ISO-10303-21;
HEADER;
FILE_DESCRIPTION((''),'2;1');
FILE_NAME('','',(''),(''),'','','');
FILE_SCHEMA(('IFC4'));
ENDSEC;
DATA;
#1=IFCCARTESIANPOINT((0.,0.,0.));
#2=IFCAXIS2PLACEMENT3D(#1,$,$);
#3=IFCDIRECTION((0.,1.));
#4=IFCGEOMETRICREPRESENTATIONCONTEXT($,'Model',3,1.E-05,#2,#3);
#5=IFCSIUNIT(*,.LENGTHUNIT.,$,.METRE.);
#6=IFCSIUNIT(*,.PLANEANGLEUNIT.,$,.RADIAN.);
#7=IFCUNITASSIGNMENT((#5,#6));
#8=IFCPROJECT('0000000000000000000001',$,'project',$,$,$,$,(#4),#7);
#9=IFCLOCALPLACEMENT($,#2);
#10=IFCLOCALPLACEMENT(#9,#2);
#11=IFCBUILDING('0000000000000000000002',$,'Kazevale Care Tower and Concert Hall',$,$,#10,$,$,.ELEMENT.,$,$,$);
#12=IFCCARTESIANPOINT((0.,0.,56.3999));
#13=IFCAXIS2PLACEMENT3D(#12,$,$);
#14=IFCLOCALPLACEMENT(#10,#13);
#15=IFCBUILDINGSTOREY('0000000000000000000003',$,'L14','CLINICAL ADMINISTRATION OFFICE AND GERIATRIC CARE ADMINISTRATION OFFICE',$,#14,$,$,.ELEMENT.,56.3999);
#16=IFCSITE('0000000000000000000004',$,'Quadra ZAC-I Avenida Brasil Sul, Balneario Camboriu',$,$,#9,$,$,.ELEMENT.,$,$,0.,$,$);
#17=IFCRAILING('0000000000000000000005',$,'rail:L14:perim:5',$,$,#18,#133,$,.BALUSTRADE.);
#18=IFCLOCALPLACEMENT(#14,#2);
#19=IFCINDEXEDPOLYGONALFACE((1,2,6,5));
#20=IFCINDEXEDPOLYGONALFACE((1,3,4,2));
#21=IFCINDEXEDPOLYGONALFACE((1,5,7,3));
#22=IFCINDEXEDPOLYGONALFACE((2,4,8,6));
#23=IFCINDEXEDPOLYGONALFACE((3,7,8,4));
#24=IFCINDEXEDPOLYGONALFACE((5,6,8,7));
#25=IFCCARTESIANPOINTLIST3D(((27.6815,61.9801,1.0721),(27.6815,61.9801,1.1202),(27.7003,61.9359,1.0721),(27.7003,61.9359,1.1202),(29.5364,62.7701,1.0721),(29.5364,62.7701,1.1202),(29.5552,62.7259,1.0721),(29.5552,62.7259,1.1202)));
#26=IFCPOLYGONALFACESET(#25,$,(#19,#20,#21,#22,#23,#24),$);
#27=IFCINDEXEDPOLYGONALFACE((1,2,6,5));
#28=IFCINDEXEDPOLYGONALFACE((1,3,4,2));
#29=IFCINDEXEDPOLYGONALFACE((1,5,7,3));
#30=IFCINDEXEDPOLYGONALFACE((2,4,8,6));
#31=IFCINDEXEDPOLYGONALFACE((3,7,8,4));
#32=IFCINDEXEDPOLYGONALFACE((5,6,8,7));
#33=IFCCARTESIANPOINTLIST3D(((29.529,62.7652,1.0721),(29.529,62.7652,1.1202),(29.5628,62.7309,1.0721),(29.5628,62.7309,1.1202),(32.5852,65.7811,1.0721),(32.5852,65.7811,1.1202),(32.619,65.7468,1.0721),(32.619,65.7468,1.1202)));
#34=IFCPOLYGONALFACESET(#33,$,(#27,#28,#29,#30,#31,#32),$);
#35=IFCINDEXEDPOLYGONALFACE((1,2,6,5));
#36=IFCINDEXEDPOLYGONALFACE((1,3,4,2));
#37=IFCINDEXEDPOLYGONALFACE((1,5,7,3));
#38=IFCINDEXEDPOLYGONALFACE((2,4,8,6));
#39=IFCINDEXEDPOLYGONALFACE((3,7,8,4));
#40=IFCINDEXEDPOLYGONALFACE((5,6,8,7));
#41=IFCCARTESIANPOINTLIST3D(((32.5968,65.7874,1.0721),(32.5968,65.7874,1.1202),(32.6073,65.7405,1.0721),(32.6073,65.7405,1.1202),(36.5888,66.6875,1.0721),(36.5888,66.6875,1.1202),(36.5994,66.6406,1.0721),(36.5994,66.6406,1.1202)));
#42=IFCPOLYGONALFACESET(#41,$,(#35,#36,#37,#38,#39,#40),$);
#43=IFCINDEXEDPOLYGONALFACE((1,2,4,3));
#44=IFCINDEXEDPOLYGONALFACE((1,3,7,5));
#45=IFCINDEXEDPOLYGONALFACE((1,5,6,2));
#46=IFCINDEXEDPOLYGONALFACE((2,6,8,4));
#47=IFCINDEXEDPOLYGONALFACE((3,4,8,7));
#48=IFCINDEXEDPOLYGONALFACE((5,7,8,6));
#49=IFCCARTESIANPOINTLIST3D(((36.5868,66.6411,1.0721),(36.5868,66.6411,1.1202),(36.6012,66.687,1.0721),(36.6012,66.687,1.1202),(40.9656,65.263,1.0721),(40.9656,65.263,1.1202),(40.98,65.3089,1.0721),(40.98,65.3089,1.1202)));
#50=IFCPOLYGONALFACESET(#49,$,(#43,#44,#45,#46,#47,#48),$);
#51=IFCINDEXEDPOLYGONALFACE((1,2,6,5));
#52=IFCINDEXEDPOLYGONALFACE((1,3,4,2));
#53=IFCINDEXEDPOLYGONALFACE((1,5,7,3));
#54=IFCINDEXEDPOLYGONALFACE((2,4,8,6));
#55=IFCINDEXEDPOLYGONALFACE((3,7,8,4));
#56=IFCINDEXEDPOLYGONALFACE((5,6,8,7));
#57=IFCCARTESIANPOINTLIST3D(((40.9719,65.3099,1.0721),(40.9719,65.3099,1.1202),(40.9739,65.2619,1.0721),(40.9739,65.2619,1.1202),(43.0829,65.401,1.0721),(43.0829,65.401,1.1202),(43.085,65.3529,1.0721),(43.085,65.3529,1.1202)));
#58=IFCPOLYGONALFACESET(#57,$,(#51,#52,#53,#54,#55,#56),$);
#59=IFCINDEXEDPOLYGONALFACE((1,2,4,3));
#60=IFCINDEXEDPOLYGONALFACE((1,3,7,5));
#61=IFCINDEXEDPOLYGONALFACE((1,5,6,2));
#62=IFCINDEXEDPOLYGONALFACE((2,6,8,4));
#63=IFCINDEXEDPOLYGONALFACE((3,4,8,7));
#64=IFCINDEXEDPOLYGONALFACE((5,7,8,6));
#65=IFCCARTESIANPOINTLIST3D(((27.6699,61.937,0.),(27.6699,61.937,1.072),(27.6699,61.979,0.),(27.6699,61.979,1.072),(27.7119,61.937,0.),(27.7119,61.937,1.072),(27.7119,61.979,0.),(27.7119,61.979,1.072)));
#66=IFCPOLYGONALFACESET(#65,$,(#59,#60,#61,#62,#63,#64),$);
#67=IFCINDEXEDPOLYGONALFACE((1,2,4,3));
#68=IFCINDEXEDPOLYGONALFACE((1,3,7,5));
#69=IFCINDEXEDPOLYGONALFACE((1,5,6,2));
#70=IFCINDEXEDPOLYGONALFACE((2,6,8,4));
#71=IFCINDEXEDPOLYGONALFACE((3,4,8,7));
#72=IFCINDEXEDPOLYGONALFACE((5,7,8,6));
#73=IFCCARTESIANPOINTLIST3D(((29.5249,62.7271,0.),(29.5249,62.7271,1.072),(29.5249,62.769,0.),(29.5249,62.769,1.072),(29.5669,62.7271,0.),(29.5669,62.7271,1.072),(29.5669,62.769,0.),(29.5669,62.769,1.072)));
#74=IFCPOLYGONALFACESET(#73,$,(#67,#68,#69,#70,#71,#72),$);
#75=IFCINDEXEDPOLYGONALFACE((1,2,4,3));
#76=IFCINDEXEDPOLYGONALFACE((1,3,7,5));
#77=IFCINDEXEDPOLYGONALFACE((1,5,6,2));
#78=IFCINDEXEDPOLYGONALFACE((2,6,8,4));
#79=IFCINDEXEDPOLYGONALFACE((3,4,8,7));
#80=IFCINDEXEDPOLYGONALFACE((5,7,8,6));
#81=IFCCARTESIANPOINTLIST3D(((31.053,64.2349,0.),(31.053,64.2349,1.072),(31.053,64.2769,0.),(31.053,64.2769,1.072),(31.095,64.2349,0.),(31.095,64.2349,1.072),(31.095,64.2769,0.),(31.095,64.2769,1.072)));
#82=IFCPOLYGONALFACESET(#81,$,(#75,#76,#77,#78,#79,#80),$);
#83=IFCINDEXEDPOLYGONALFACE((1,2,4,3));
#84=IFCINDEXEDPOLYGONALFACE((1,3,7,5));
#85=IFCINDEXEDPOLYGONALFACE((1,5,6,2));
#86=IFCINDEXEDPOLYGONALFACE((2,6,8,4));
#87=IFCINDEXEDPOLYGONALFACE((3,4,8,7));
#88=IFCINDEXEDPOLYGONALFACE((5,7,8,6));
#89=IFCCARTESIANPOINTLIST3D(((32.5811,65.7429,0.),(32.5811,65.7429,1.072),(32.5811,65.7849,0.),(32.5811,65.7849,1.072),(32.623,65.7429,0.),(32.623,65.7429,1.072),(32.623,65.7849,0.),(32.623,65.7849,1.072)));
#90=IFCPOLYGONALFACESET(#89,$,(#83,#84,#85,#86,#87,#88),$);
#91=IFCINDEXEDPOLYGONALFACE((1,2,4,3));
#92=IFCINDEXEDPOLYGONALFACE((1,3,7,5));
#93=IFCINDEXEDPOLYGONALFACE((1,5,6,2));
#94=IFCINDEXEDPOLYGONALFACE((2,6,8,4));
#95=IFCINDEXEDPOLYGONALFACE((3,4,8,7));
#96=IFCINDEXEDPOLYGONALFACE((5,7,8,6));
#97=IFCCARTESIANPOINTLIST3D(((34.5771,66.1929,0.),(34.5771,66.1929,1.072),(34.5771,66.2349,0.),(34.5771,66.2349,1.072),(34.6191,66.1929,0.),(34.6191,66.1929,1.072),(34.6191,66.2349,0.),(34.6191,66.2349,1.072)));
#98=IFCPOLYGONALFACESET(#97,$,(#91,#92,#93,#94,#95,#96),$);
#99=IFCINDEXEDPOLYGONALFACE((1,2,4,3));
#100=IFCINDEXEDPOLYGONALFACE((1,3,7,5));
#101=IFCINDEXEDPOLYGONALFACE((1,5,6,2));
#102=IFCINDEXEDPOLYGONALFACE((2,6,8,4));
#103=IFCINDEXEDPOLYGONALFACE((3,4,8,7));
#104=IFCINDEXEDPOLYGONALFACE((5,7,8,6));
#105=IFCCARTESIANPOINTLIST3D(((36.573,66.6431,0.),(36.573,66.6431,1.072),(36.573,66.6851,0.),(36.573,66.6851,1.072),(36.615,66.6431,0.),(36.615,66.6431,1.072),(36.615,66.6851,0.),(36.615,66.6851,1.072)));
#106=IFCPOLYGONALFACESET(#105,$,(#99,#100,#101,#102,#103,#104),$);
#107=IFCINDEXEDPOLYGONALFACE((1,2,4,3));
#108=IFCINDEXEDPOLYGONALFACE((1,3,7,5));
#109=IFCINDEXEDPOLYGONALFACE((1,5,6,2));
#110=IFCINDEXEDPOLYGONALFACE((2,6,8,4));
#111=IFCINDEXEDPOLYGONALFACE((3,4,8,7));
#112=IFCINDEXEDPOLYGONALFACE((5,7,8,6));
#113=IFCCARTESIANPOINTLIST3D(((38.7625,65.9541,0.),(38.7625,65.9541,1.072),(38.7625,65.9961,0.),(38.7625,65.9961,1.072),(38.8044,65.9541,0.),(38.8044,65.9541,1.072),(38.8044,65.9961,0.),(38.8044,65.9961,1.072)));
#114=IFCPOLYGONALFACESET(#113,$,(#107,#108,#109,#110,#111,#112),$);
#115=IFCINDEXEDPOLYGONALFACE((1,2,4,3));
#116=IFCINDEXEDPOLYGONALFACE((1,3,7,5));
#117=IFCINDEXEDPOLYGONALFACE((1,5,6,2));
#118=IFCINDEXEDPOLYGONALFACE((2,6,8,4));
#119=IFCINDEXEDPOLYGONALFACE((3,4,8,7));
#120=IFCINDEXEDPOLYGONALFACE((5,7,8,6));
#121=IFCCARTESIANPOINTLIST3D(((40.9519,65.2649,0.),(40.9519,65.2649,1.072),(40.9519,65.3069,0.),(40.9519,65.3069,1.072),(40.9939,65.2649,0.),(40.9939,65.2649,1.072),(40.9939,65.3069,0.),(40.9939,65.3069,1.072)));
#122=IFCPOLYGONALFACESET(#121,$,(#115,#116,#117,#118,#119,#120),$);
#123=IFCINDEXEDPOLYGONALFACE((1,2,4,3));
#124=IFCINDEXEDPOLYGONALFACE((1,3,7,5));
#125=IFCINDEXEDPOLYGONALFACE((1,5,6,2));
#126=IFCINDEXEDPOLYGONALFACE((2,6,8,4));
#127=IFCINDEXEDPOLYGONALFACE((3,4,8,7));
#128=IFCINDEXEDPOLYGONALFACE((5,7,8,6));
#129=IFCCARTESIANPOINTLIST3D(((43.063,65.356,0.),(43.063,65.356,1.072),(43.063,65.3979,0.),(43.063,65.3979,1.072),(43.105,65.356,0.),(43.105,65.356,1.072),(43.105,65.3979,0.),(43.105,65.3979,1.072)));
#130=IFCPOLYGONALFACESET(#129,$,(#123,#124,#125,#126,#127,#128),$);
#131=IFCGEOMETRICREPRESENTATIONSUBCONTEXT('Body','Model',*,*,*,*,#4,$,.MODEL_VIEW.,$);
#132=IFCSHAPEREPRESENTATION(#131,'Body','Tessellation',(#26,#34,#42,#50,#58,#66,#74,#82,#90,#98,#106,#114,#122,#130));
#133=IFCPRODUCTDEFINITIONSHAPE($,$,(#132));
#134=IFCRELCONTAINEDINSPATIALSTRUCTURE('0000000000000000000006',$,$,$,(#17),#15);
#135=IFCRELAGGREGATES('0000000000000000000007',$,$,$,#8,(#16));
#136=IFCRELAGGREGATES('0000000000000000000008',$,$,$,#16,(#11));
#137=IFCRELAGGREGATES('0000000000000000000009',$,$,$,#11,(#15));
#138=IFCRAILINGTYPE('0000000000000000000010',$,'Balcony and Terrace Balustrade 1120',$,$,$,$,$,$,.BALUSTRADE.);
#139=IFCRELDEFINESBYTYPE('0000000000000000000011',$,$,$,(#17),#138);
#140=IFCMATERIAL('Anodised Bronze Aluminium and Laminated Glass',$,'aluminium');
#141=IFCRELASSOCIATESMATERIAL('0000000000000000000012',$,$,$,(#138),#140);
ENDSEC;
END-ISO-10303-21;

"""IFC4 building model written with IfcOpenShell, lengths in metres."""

from ifc_helpers import new_model, si_unit, direction, frame, origin, origin_2d, place, context, subcontext, project, spatial, rectangle, extrude, material, type_object, element, save


model = new_model("IFC4")

# Units and contexts
model_context = context("Model", 3, precision=1e-05, world=origin(), true_north=direction((0.0, 1.0)))
body_context = subcontext(model_context, "Body", "Model", "MODEL_VIEW")
ifc_project = project(units=[si_unit("LENGTHUNIT", "METRE"), si_unit("PLANEANGLEUNIT", "RADIAN")], contexts=[model_context])

# Site, building, storey
site_placement = place(None, origin())
site = spatial("IfcSite", under=ifc_project, at=site_placement, Name="Quadra ZAC-I Avenida Brasil Sul, Balneario Camboriu", CompositionType="ELEMENT", RefElevation=0.0)
building_placement = place(site_placement, origin())
building = spatial("IfcBuilding", under=site, at=building_placement, Name="Kazevale Care Tower and Concert Hall", CompositionType="ELEMENT")
storey_placement = place(building_placement, frame((0.0, 0.0, 56.3999)))
storey = spatial("IfcBuildingStorey", under=building, at=storey_placement, Name="L14", Description="CLINICAL ADMINISTRATION OFFICE AND GERIATRIC CARE ADMINISTRATION OFFICE", CompositionType="ELEMENT", Elevation=56.3999)

# Railing
ifc_material_1 = material(Name="Anodised Bronze Aluminium and Laminated Glass", Category="aluminium")
railing_type = type_object("IfcRailingType", Name="Balcony and Terrace Balustrade 1120", PredefinedType="BALUSTRADE", material=ifc_material_1)
railing_1_placement = place(storey_placement, frame((27.6909, 61.958, 0.0)))
element("IfcRailing", 1, at=railing_1_placement, inside=storey, type_object=railing_type, Name="rail:L14:perim:5", PredefinedType="BALUSTRADE", context=body_context, shape_type="SweptSolid", body=[
    extrude(rectangle(XDim=0.0481, YDim=0.0481, at=origin_2d()), frame((0.0, 0.0, 1.0962), z_axis=(0.920032, 0.391843, 0.0), x_axis=(-0.391843, 0.920032, 0.0)), (0.0, 0.0, 1.0), 2.0161),
    extrude(rectangle(XDim=0.0481, YDim=0.0481, at=origin_2d()), frame((1.855, 0.79, 1.0962), z_axis=(0.711782, 0.7024, 0.0), x_axis=(-0.7024, 0.711782, 0.0)), (0.0, 0.0, 1.0), 4.2937),
    extrude(rectangle(XDim=0.0481, YDim=0.0481, at=origin_2d()), frame((4.9111, 3.8059, 1.0962), z_axis=(0.975507, 0.219968, 0.0), x_axis=(-0.219968, 0.975507, 0.0)), (0.0, 0.0, 1.0), 4.0923),
    extrude(rectangle(XDim=0.0481, YDim=0.0481, at=origin_2d()), frame((8.9031, 4.7061, 1.0962), z_axis=(0.953872, -0.300212, 0.0), x_axis=(0.300212, 0.953872, 0.0)), (0.0, 0.0, 1.0), 4.5906),
    extrude(rectangle(XDim=0.0481, YDim=0.0481, at=origin_2d()), frame((13.282, 3.3279, 1.0962), z_axis=(0.999071, 0.043096, 0.0), x_axis=(-0.043096, 0.999071, 0.0)), (0.0, 0.0, 1.0), 2.113),
    extrude(rectangle(XDim=0.042, YDim=0.042, at=origin_2d()), origin(), (0.0, 0.0, 1.0), 1.072),
    extrude(rectangle(XDim=0.042, YDim=0.042, at=origin_2d()), frame((1.855, 0.79, 0.0)), (0.0, 0.0, 1.0), 1.072),
    extrude(rectangle(XDim=0.042, YDim=0.042, at=origin_2d()), frame((3.3831, 2.2979, 0.0)), (0.0, 0.0, 1.0), 1.072),
    extrude(rectangle(XDim=0.042, YDim=0.042, at=origin_2d()), frame((4.9111, 3.8059, 0.0)), (0.0, 0.0, 1.0), 1.072),
    extrude(rectangle(XDim=0.042, YDim=0.042, at=origin_2d()), frame((6.9072, 4.2559, 0.0)), (0.0, 0.0, 1.0), 1.072),
    extrude(rectangle(XDim=0.042, YDim=0.042, at=origin_2d()), frame((8.9031, 4.7061, 0.0)), (0.0, 0.0, 1.0), 1.072),
    extrude(rectangle(XDim=0.042, YDim=0.042, at=origin_2d()), frame((11.0925, 4.0171, 0.0)), (0.0, 0.0, 1.0), 1.072),
    extrude(rectangle(XDim=0.042, YDim=0.042, at=origin_2d()), frame((13.282, 3.3279, 0.0)), (0.0, 0.0, 1.0), 1.072),
    extrude(rectangle(XDim=0.042, YDim=0.042, at=origin_2d()), frame((15.3931, 3.4189, 0.0)), (0.0, 0.0, 1.0), 1.072),
])

save(model, "model.ifc")
